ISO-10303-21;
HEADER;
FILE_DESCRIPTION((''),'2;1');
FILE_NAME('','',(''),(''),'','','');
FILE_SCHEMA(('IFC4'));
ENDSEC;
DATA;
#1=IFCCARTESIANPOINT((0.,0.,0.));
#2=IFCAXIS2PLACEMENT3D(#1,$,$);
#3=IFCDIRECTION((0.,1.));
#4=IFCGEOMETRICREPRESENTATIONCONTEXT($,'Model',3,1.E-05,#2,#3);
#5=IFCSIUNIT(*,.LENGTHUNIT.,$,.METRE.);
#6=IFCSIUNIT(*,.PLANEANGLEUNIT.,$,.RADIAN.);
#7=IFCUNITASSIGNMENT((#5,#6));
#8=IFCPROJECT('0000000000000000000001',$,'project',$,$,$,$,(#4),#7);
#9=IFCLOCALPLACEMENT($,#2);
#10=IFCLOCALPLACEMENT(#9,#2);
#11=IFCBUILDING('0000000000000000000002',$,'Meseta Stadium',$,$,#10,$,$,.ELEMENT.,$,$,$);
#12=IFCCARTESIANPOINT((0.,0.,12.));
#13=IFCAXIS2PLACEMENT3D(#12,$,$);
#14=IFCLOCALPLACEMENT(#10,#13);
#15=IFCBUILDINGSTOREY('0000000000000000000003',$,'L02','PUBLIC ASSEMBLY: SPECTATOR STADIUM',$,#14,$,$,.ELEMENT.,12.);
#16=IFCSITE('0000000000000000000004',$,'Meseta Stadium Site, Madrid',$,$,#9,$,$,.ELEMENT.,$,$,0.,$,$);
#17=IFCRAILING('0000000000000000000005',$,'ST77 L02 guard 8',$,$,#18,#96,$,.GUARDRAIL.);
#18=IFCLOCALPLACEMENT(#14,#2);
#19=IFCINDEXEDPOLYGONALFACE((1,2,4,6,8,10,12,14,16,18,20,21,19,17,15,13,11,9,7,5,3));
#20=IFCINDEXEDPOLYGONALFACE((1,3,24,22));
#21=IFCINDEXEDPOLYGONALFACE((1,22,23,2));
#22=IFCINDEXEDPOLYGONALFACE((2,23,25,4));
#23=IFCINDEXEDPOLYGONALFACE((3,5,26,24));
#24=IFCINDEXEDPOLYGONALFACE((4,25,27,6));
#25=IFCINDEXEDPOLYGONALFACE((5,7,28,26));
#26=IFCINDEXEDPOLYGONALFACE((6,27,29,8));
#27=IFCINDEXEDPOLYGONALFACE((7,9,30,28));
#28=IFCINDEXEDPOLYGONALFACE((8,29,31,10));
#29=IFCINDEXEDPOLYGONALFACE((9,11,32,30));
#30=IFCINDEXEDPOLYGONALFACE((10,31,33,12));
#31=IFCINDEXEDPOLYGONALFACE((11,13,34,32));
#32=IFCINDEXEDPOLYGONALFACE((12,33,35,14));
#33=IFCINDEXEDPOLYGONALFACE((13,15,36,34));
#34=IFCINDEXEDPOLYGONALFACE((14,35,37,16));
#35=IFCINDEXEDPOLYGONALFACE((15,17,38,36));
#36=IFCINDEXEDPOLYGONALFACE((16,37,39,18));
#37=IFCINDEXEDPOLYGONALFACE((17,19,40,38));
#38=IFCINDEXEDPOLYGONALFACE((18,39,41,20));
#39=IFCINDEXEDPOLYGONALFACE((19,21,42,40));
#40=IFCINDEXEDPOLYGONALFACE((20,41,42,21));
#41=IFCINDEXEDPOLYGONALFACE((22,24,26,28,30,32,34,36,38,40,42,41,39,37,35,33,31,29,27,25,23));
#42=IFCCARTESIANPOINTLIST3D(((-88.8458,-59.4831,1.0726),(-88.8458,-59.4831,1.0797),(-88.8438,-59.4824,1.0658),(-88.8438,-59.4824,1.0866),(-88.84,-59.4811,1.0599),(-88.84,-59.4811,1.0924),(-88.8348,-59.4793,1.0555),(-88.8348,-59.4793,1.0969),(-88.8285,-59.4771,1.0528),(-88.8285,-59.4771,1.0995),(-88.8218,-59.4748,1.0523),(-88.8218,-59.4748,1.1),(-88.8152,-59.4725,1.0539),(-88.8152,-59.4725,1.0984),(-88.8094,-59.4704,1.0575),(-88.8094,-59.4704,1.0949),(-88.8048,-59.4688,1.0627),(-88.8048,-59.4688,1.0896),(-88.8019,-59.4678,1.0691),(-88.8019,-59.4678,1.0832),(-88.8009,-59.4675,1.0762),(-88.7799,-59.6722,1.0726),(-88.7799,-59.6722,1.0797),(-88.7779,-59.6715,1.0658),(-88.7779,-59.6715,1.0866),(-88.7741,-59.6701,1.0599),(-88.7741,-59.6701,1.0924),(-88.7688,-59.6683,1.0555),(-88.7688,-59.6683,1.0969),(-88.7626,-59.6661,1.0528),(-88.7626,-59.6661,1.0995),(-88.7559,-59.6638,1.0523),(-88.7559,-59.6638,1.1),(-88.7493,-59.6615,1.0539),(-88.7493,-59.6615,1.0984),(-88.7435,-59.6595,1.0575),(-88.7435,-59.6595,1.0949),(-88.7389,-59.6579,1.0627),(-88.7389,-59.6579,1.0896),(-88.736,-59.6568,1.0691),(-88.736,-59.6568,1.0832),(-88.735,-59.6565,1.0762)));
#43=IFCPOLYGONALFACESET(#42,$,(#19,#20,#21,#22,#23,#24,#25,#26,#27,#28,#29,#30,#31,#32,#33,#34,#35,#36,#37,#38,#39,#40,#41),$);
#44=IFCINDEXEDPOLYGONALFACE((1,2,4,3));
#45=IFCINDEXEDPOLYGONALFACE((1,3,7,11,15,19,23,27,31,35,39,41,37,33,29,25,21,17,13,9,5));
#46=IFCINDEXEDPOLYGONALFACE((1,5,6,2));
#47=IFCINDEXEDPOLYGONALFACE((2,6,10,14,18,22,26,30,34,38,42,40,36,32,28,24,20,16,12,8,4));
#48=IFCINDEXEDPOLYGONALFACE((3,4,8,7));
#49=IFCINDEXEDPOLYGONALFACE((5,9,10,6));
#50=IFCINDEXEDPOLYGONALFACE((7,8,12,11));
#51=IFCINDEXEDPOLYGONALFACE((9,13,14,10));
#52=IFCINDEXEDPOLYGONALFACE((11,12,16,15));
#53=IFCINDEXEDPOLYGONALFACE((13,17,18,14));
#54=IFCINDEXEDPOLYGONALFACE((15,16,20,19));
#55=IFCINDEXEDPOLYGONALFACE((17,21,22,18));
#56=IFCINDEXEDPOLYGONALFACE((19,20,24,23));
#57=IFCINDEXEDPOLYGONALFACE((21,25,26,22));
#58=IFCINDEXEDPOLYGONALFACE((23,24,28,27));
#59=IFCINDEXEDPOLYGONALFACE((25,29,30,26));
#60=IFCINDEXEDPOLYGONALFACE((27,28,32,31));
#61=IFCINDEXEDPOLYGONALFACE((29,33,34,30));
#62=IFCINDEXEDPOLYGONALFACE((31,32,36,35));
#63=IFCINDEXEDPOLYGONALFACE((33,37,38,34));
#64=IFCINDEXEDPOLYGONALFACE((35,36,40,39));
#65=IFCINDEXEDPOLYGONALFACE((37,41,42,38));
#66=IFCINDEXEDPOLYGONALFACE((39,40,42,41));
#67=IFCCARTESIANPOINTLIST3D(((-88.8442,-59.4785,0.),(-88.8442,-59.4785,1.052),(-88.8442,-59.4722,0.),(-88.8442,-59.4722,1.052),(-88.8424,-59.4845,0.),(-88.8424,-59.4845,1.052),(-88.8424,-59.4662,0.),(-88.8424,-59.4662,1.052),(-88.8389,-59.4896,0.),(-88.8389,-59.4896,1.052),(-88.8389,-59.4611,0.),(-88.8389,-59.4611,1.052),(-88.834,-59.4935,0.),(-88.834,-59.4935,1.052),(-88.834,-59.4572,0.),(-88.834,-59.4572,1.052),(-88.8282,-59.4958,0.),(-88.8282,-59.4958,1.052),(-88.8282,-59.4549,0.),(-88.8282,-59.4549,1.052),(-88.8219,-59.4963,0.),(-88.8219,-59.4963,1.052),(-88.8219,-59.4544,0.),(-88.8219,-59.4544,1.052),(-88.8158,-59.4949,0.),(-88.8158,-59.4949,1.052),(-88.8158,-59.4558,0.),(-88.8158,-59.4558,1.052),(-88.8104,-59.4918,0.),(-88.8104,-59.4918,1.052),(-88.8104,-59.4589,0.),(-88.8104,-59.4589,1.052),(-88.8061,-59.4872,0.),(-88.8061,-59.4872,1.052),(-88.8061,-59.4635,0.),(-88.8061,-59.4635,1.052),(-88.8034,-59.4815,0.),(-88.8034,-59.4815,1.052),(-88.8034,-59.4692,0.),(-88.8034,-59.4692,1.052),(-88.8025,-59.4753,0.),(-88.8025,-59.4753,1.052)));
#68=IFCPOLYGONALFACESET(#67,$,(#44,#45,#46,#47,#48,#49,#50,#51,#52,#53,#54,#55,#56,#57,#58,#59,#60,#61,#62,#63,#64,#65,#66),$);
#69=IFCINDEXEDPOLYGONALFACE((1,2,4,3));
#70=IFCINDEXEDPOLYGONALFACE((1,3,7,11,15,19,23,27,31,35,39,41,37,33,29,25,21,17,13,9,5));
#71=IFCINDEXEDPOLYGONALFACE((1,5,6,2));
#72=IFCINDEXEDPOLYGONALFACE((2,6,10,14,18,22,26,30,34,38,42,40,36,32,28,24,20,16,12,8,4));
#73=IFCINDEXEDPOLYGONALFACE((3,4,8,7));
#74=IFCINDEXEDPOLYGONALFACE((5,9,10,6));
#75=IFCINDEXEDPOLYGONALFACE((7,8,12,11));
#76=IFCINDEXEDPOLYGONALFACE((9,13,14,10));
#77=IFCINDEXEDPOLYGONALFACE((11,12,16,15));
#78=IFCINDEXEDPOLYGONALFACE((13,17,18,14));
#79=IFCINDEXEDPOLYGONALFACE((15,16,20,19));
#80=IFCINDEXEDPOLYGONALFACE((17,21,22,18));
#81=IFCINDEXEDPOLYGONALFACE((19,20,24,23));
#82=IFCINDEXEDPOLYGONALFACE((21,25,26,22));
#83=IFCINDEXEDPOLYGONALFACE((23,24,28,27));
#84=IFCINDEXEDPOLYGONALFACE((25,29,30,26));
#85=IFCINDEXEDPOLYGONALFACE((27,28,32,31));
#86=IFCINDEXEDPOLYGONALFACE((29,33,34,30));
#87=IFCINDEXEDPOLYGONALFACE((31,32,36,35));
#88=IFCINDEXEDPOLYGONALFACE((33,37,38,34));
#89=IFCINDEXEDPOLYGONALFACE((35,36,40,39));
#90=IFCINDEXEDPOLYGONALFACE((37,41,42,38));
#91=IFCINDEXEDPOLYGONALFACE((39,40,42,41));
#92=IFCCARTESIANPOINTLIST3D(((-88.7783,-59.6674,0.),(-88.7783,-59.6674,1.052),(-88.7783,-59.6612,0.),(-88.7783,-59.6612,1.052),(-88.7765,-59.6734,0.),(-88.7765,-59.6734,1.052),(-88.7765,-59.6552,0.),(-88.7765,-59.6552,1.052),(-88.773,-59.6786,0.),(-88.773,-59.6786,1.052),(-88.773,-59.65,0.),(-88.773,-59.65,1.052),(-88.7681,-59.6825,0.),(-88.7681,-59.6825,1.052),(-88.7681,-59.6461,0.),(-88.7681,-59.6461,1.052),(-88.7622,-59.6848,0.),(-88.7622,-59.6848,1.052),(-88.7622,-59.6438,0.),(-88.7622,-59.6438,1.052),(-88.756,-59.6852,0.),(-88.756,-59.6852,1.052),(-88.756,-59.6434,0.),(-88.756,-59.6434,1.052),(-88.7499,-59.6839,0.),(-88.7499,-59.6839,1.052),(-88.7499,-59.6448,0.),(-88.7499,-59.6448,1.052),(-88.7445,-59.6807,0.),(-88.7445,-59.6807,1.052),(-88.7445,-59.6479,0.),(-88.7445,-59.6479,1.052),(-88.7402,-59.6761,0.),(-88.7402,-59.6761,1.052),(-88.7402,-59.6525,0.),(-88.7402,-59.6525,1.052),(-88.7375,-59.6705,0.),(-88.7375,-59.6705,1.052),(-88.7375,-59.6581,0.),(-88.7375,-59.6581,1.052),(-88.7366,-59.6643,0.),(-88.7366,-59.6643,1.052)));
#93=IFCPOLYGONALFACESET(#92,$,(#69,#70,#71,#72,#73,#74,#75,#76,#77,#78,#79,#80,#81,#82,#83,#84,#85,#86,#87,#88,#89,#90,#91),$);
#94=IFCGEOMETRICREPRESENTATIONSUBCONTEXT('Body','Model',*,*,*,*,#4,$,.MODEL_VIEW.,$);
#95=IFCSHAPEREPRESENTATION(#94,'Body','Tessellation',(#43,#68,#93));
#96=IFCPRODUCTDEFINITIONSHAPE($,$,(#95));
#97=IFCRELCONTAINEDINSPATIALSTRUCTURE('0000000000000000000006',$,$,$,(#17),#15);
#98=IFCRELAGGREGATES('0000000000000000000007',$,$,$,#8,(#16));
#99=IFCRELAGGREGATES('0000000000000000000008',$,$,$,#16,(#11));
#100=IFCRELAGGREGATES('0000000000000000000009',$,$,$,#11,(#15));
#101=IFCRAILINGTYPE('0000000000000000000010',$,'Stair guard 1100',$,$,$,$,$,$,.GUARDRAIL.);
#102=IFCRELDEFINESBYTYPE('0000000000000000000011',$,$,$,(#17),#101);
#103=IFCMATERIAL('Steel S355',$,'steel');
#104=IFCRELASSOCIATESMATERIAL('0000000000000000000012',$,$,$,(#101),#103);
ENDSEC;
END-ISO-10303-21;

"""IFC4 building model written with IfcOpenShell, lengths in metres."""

from ifc_helpers import new_model, si_unit, direction, frame, origin, origin_2d, place, context, subcontext, project, spatial, circle, extrude, material, type_object, element, save


model = new_model("IFC4")

# Units and contexts
model_context = context("Model", 3, precision=1e-05, world=origin(), true_north=direction((0.0, 1.0)))
body_context = subcontext(model_context, "Body", "Model", "MODEL_VIEW")
ifc_project = project(units=[si_unit("LENGTHUNIT", "METRE"), si_unit("PLANEANGLEUNIT", "RADIAN")], contexts=[model_context])

# Site, building, storey
site_placement = place(None, origin())
site = spatial("IfcSite", under=ifc_project, at=site_placement, Name="Meseta Stadium Site, Madrid", CompositionType="ELEMENT", RefElevation=0.0)
building_placement = place(site_placement, origin())
building = spatial("IfcBuilding", under=site, at=building_placement, Name="Meseta Stadium", CompositionType="ELEMENT")
storey_placement = place(building_placement, frame((0.0, 0.0, 12.0)))
storey = spatial("IfcBuildingStorey", under=building, at=storey_placement, Name="L02", Description="PUBLIC ASSEMBLY: SPECTATOR STADIUM", CompositionType="ELEMENT", Elevation=12.0)

# Railing
ifc_material_1 = material(Name="Steel S355", Category="steel")
railing_type_1 = type_object("IfcRailingType", Name="Stair guard 1100", PredefinedType="GUARDRAIL", material=ifc_material_1)
railing_1_placement = place(storey_placement, frame((-88.8235, -59.4753, 0.0)))
element("IfcRailing", 1, at=railing_1_placement, inside=storey, type_object=railing_type_1, Name="ST77 L02 guard 8", PredefinedType="GUARDRAIL", context=body_context, shape_type="SweptSolid", body=[
    extrude(circle(Radius=0.0239, at=origin_2d()), frame((0.0, 0.0, 1.0762), z_axis=(0.329372, -0.9442, 0.0), x_axis=(0.9442, 0.329372, 0.0)), (0.0, 0.0, 1.0), 0.2002),
    extrude(circle(Radius=0.021, at=origin_2d()), origin(), (0.0, 0.0, 1.0), 1.052),
    extrude(circle(Radius=0.021, at=origin_2d()), frame((0.0659, -0.189, 0.0)), (0.0, 0.0, 1.0), 1.052),
])

save(model, "model.ifc")
